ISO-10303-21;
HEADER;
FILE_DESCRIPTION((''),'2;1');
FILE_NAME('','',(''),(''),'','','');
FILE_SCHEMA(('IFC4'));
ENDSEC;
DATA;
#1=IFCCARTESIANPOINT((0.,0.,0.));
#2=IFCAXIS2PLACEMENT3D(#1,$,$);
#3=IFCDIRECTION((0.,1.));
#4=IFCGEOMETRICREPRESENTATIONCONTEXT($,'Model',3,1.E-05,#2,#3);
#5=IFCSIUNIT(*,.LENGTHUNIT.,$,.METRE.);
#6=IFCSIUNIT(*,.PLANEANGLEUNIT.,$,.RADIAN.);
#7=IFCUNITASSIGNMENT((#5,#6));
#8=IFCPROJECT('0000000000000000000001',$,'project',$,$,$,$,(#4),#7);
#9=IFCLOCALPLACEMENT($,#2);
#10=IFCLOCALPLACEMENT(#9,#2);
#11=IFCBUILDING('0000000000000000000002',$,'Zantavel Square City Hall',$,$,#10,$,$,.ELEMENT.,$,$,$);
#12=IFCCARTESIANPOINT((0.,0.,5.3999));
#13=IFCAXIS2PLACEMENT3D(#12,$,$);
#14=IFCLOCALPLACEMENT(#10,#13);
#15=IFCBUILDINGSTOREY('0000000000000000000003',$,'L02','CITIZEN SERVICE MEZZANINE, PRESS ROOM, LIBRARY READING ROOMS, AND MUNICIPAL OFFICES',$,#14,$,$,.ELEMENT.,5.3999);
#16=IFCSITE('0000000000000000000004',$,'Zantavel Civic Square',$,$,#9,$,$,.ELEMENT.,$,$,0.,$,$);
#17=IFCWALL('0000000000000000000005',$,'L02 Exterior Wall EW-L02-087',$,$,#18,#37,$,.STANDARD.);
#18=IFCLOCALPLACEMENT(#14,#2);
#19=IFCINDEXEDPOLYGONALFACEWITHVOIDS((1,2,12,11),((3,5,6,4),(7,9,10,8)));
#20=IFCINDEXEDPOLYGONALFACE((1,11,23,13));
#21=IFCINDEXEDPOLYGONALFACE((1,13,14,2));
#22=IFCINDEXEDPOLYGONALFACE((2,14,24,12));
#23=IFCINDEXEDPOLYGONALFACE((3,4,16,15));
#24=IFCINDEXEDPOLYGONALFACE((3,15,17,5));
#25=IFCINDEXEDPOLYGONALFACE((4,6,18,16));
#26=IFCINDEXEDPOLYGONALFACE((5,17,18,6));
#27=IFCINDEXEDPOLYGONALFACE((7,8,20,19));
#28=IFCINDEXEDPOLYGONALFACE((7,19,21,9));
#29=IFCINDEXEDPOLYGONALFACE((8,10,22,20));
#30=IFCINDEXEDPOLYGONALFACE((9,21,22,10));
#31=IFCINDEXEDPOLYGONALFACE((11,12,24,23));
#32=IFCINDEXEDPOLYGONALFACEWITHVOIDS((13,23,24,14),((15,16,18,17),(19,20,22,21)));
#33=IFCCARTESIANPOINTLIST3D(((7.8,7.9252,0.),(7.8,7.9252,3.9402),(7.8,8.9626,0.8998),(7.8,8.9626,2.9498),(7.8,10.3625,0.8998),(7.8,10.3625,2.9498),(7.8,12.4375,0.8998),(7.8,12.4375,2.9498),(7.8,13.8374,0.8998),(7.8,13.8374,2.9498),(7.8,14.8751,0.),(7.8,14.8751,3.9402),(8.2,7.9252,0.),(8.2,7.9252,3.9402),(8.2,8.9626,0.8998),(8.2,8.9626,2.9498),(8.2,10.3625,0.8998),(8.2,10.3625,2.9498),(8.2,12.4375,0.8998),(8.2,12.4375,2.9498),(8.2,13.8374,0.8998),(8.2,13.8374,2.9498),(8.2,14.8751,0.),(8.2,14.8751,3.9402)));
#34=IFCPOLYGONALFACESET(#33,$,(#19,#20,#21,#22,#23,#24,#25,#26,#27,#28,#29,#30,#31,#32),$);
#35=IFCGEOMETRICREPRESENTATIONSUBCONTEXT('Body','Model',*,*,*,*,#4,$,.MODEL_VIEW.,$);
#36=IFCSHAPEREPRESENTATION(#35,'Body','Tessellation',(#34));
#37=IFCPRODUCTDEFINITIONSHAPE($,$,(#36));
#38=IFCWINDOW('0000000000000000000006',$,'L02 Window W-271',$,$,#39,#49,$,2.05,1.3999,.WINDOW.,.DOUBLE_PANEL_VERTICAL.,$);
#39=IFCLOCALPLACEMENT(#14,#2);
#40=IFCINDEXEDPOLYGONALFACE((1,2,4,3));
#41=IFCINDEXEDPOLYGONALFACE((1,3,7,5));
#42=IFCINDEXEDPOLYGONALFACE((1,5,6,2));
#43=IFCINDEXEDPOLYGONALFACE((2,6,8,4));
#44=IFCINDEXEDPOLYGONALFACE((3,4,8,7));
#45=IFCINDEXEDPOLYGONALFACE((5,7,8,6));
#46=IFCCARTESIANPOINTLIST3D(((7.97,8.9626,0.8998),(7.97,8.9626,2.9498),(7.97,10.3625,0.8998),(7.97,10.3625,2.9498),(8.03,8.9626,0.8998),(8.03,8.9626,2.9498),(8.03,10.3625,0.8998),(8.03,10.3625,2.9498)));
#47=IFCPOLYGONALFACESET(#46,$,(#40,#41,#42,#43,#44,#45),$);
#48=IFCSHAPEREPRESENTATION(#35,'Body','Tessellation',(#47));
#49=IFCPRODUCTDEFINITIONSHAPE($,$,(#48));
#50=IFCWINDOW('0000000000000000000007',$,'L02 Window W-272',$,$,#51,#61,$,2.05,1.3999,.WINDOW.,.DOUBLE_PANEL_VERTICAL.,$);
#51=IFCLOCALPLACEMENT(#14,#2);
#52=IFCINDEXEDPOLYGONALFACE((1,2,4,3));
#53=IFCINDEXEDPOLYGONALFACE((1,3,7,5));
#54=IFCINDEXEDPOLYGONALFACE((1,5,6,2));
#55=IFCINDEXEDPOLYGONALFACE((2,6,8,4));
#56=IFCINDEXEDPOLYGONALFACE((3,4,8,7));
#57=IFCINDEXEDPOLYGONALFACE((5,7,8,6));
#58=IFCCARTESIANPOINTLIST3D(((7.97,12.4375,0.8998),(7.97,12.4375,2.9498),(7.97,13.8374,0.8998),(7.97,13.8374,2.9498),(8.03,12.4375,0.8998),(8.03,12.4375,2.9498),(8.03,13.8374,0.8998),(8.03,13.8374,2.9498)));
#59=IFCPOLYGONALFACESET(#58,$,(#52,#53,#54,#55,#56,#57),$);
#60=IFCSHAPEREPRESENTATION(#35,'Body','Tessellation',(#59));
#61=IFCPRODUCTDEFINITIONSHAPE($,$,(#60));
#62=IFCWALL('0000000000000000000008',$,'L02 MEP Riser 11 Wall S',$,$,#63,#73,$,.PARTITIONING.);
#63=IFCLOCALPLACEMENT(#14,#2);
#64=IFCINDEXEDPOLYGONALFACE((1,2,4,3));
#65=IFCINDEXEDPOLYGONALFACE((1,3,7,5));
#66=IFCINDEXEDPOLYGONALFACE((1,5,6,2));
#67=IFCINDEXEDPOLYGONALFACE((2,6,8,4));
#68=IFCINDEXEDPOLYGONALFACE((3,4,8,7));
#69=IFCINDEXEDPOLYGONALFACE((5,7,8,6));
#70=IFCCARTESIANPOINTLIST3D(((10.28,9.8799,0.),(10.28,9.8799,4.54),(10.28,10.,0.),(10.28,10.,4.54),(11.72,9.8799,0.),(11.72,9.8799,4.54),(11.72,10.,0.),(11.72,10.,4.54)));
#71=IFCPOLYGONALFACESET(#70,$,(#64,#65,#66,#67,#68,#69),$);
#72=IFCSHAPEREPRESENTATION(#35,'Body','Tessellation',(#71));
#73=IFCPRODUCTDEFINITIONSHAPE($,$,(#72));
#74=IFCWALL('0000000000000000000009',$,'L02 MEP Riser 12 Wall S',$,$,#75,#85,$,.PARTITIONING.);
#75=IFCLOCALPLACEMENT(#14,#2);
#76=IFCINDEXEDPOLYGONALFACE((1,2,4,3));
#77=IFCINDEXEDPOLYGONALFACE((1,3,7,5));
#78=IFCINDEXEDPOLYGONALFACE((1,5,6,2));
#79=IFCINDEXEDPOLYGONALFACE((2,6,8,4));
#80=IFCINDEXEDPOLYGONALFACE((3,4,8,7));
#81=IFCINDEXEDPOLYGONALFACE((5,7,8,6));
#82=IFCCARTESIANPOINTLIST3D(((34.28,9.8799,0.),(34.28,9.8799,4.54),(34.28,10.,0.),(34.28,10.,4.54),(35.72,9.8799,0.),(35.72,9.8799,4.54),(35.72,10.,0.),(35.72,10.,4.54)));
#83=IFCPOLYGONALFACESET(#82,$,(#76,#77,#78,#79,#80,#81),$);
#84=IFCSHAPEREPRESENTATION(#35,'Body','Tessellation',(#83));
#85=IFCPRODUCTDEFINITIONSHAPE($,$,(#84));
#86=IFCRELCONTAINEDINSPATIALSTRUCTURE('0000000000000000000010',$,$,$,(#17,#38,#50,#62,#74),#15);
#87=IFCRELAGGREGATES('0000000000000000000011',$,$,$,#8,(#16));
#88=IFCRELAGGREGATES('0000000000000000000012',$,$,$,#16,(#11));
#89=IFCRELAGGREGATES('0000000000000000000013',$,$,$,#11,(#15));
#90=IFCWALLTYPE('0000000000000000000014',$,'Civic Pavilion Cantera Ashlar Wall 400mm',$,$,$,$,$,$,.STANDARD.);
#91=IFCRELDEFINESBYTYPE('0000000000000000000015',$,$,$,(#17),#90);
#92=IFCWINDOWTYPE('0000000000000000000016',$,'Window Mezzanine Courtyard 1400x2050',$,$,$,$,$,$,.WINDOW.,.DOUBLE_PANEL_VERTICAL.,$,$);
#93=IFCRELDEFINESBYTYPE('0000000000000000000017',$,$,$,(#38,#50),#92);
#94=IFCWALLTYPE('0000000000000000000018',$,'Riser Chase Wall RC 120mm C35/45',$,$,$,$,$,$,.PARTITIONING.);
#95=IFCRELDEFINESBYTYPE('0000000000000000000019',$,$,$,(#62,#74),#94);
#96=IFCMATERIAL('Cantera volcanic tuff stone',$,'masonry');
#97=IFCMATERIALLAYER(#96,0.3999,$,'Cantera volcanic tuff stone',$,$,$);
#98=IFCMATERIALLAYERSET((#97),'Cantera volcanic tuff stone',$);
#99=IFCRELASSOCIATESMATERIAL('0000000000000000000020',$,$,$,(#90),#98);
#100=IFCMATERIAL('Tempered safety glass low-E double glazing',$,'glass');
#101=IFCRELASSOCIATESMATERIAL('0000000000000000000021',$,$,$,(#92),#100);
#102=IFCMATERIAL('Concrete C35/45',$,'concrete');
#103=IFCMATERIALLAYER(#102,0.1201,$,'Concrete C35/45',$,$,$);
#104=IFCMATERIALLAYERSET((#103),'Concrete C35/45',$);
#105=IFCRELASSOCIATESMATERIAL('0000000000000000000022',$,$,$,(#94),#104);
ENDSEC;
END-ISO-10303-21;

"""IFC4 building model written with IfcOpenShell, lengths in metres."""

from ifc_helpers import new_model, si_unit, direction, frame, frame_2d, origin, place, context, subcontext, project, spatial, rectangle, extrude, material, layer, layer_set, type_object, element, fill, save


model = new_model("IFC4")

# Units and contexts
model_context = context("Model", 3, precision=1e-05, world=origin(), true_north=direction((0.0, 1.0)))
body_context = subcontext(model_context, "Body", "Model", "MODEL_VIEW")
ifc_project = project(units=[si_unit("LENGTHUNIT", "METRE"), si_unit("PLANEANGLEUNIT", "RADIAN")], contexts=[model_context])

# Site, building, storey
site_placement = place(None, origin())
site = spatial("IfcSite", under=ifc_project, at=site_placement, Name="Zantavel Civic Square", CompositionType="ELEMENT", RefElevation=0.0)
building_placement = place(site_placement, origin())
building = spatial("IfcBuilding", under=site, at=building_placement, Name="Zantavel Square City Hall", CompositionType="ELEMENT")
storey_placement = place(building_placement, frame((0.0, 0.0, 5.3999)))
storey = spatial("IfcBuildingStorey", under=building, at=storey_placement, Name="L02", Description="CITIZEN SERVICE MEZZANINE, PRESS ROOM, LIBRARY READING ROOMS, AND MUNICIPAL OFFICES", CompositionType="ELEMENT", Elevation=5.3999)

# Shared definitions
ifc_material_1 = material(Name="Concrete C35/45", Category="concrete")

# Shared definitions
ifc_material_2 = material(Name="Cantera volcanic tuff stone", Category="masonry")
ifc_layer_1 = layer(ifc_material_2, 0.3999, Name="Cantera volcanic tuff stone")
ifc_layer_set_1 = layer_set([ifc_layer_1], Name="Cantera volcanic tuff stone")
wall_type_1 = type_object("IfcWallType", Name="Civic Pavilion Cantera Ashlar Wall 400mm", PredefinedType="STANDARD", material=ifc_layer_set_1)

# Wall, openings, windows
ifc_material_3 = material(Name="Tempered safety glass low-E double glazing", Category="glass")
wall_1_placement = place(storey_placement, frame((8.0, 7.925, 0.0), z_axis=(0.0, 0.0, 1.0), x_axis=(0.0, 1.0, 0.0)))
wall_1 = element("IfcWall", 1, at=wall_1_placement, inside=storey, type_object=wall_type_1, Name="L02 Exterior Wall EW-L02-087", PredefinedType="STANDARD", context=body_context, shape_type="SweptSolid", body=[
    extrude(rectangle(XDim=6.95, YDim=0.3999, at=frame_2d((3.4751, 0.0))), origin(), (0.0, 0.0, 1.0), 3.9402),
])
opening_1_placement = place(wall_1_placement, frame((1.0376, 0.0, 0.8999)))
opening_1 = element("IfcOpeningElement", 2, at=opening_1_placement, cuts=wall_1, PredefinedType="OPENING", context=body_context, shape_type="SweptSolid", body=[
    extrude(rectangle(XDim=1.3999, YDim=2.05, at=frame_2d((0.7, 1.0249))), frame((0.0, 0.21, 0.0), z_axis=(0.0, -1.0, 0.0), x_axis=(1.0, 0.0, 0.0)), (0.0, 0.0, 1.0), 0.4199),
])
opening_2_placement = place(wall_1_placement, frame((4.5125, 0.0, 0.8999)))
opening_2 = element("IfcOpeningElement", 3, at=opening_2_placement, cuts=wall_1, PredefinedType="OPENING", context=body_context, shape_type="SweptSolid", body=[
    extrude(rectangle(XDim=1.3999, YDim=2.05, at=frame_2d((0.7, 1.0249))), frame((0.0, 0.21, 0.0), z_axis=(0.0, -1.0, 0.0), x_axis=(1.0, 0.0, 0.0)), (0.0, 0.0, 1.0), 0.4199),
])
window_type_1 = type_object("IfcWindowType", Name="Window Mezzanine Courtyard 1400x2050", PartitioningType="DOUBLE_PANEL_VERTICAL", PredefinedType="WINDOW", material=ifc_material_3)
window_1_placement = place(opening_1_placement, origin())
window_1 = element("IfcWindow", 4, at=window_1_placement, inside=storey, type_object=window_type_1, Name="L02 Window W-271", OverallHeight=2.05, OverallWidth=1.3999, PartitioningType="DOUBLE_PANEL_VERTICAL", PredefinedType="WINDOW", context=body_context, shape_type="SweptSolid", body=[
    extrude(rectangle(XDim=1.3999, YDim=2.05, at=frame_2d((0.7, 1.0249))), frame((0.0, 0.03, 0.0), z_axis=(0.0, -1.0, 0.0), x_axis=(1.0, 0.0, 0.0)), (0.0, 0.0, 1.0), 0.0601),
])
fill(opening_1, window_1)
window_2_placement = place(opening_2_placement, origin())
window_2 = element("IfcWindow", 5, at=window_2_placement, inside=storey, type_object=window_type_1, Name="L02 Window W-272", OverallHeight=2.05, OverallWidth=1.3999, PartitioningType="DOUBLE_PANEL_VERTICAL", PredefinedType="WINDOW", context=body_context, shape_type="SweptSolid", body=[
    extrude(rectangle(XDim=1.3999, YDim=2.05, at=frame_2d((0.7, 1.0249))), frame((0.0, 0.03, 0.0), z_axis=(0.0, -1.0, 0.0), x_axis=(1.0, 0.0, 0.0)), (0.0, 0.0, 1.0), 0.0601),
])
fill(opening_2, window_2)

# Walls
ifc_layer_2 = layer(ifc_material_1, 0.1201, Name="Concrete C35/45")
ifc_layer_set_2 = layer_set([ifc_layer_2], Name="Concrete C35/45")
wall_type_2 = type_object("IfcWallType", Name="Riser Chase Wall RC 120mm C35/45", PredefinedType="PARTITIONING", material=ifc_layer_set_2)
for number, where, z_axis, x_axis, name in (
    (6, (11.72, 9.9399, 0.0), (0.0, 0.0, 1.0), (-1.0, 0.0, 0.0), "L02 MEP Riser 11 Wall S"),
    (7, (35.72, 9.9399, 0.0), (0.0, 0.0, 1.0), (-1.0, 0.0, 0.0), "L02 MEP Riser 12 Wall S"),
):
    element("IfcWall", number, at=place(storey_placement, frame(where, z_axis=z_axis, x_axis=x_axis)), inside=storey, type_object=wall_type_2, Name=name, PredefinedType="PARTITIONING", context=body_context, shape_type="SweptSolid", body=[
        extrude(rectangle(XDim=1.4399, YDim=0.1201, at=frame_2d((0.72, 0.0))), origin(), (0.0, 0.0, 1.0), 4.54),
    ])

save(model, "model.ifc")
